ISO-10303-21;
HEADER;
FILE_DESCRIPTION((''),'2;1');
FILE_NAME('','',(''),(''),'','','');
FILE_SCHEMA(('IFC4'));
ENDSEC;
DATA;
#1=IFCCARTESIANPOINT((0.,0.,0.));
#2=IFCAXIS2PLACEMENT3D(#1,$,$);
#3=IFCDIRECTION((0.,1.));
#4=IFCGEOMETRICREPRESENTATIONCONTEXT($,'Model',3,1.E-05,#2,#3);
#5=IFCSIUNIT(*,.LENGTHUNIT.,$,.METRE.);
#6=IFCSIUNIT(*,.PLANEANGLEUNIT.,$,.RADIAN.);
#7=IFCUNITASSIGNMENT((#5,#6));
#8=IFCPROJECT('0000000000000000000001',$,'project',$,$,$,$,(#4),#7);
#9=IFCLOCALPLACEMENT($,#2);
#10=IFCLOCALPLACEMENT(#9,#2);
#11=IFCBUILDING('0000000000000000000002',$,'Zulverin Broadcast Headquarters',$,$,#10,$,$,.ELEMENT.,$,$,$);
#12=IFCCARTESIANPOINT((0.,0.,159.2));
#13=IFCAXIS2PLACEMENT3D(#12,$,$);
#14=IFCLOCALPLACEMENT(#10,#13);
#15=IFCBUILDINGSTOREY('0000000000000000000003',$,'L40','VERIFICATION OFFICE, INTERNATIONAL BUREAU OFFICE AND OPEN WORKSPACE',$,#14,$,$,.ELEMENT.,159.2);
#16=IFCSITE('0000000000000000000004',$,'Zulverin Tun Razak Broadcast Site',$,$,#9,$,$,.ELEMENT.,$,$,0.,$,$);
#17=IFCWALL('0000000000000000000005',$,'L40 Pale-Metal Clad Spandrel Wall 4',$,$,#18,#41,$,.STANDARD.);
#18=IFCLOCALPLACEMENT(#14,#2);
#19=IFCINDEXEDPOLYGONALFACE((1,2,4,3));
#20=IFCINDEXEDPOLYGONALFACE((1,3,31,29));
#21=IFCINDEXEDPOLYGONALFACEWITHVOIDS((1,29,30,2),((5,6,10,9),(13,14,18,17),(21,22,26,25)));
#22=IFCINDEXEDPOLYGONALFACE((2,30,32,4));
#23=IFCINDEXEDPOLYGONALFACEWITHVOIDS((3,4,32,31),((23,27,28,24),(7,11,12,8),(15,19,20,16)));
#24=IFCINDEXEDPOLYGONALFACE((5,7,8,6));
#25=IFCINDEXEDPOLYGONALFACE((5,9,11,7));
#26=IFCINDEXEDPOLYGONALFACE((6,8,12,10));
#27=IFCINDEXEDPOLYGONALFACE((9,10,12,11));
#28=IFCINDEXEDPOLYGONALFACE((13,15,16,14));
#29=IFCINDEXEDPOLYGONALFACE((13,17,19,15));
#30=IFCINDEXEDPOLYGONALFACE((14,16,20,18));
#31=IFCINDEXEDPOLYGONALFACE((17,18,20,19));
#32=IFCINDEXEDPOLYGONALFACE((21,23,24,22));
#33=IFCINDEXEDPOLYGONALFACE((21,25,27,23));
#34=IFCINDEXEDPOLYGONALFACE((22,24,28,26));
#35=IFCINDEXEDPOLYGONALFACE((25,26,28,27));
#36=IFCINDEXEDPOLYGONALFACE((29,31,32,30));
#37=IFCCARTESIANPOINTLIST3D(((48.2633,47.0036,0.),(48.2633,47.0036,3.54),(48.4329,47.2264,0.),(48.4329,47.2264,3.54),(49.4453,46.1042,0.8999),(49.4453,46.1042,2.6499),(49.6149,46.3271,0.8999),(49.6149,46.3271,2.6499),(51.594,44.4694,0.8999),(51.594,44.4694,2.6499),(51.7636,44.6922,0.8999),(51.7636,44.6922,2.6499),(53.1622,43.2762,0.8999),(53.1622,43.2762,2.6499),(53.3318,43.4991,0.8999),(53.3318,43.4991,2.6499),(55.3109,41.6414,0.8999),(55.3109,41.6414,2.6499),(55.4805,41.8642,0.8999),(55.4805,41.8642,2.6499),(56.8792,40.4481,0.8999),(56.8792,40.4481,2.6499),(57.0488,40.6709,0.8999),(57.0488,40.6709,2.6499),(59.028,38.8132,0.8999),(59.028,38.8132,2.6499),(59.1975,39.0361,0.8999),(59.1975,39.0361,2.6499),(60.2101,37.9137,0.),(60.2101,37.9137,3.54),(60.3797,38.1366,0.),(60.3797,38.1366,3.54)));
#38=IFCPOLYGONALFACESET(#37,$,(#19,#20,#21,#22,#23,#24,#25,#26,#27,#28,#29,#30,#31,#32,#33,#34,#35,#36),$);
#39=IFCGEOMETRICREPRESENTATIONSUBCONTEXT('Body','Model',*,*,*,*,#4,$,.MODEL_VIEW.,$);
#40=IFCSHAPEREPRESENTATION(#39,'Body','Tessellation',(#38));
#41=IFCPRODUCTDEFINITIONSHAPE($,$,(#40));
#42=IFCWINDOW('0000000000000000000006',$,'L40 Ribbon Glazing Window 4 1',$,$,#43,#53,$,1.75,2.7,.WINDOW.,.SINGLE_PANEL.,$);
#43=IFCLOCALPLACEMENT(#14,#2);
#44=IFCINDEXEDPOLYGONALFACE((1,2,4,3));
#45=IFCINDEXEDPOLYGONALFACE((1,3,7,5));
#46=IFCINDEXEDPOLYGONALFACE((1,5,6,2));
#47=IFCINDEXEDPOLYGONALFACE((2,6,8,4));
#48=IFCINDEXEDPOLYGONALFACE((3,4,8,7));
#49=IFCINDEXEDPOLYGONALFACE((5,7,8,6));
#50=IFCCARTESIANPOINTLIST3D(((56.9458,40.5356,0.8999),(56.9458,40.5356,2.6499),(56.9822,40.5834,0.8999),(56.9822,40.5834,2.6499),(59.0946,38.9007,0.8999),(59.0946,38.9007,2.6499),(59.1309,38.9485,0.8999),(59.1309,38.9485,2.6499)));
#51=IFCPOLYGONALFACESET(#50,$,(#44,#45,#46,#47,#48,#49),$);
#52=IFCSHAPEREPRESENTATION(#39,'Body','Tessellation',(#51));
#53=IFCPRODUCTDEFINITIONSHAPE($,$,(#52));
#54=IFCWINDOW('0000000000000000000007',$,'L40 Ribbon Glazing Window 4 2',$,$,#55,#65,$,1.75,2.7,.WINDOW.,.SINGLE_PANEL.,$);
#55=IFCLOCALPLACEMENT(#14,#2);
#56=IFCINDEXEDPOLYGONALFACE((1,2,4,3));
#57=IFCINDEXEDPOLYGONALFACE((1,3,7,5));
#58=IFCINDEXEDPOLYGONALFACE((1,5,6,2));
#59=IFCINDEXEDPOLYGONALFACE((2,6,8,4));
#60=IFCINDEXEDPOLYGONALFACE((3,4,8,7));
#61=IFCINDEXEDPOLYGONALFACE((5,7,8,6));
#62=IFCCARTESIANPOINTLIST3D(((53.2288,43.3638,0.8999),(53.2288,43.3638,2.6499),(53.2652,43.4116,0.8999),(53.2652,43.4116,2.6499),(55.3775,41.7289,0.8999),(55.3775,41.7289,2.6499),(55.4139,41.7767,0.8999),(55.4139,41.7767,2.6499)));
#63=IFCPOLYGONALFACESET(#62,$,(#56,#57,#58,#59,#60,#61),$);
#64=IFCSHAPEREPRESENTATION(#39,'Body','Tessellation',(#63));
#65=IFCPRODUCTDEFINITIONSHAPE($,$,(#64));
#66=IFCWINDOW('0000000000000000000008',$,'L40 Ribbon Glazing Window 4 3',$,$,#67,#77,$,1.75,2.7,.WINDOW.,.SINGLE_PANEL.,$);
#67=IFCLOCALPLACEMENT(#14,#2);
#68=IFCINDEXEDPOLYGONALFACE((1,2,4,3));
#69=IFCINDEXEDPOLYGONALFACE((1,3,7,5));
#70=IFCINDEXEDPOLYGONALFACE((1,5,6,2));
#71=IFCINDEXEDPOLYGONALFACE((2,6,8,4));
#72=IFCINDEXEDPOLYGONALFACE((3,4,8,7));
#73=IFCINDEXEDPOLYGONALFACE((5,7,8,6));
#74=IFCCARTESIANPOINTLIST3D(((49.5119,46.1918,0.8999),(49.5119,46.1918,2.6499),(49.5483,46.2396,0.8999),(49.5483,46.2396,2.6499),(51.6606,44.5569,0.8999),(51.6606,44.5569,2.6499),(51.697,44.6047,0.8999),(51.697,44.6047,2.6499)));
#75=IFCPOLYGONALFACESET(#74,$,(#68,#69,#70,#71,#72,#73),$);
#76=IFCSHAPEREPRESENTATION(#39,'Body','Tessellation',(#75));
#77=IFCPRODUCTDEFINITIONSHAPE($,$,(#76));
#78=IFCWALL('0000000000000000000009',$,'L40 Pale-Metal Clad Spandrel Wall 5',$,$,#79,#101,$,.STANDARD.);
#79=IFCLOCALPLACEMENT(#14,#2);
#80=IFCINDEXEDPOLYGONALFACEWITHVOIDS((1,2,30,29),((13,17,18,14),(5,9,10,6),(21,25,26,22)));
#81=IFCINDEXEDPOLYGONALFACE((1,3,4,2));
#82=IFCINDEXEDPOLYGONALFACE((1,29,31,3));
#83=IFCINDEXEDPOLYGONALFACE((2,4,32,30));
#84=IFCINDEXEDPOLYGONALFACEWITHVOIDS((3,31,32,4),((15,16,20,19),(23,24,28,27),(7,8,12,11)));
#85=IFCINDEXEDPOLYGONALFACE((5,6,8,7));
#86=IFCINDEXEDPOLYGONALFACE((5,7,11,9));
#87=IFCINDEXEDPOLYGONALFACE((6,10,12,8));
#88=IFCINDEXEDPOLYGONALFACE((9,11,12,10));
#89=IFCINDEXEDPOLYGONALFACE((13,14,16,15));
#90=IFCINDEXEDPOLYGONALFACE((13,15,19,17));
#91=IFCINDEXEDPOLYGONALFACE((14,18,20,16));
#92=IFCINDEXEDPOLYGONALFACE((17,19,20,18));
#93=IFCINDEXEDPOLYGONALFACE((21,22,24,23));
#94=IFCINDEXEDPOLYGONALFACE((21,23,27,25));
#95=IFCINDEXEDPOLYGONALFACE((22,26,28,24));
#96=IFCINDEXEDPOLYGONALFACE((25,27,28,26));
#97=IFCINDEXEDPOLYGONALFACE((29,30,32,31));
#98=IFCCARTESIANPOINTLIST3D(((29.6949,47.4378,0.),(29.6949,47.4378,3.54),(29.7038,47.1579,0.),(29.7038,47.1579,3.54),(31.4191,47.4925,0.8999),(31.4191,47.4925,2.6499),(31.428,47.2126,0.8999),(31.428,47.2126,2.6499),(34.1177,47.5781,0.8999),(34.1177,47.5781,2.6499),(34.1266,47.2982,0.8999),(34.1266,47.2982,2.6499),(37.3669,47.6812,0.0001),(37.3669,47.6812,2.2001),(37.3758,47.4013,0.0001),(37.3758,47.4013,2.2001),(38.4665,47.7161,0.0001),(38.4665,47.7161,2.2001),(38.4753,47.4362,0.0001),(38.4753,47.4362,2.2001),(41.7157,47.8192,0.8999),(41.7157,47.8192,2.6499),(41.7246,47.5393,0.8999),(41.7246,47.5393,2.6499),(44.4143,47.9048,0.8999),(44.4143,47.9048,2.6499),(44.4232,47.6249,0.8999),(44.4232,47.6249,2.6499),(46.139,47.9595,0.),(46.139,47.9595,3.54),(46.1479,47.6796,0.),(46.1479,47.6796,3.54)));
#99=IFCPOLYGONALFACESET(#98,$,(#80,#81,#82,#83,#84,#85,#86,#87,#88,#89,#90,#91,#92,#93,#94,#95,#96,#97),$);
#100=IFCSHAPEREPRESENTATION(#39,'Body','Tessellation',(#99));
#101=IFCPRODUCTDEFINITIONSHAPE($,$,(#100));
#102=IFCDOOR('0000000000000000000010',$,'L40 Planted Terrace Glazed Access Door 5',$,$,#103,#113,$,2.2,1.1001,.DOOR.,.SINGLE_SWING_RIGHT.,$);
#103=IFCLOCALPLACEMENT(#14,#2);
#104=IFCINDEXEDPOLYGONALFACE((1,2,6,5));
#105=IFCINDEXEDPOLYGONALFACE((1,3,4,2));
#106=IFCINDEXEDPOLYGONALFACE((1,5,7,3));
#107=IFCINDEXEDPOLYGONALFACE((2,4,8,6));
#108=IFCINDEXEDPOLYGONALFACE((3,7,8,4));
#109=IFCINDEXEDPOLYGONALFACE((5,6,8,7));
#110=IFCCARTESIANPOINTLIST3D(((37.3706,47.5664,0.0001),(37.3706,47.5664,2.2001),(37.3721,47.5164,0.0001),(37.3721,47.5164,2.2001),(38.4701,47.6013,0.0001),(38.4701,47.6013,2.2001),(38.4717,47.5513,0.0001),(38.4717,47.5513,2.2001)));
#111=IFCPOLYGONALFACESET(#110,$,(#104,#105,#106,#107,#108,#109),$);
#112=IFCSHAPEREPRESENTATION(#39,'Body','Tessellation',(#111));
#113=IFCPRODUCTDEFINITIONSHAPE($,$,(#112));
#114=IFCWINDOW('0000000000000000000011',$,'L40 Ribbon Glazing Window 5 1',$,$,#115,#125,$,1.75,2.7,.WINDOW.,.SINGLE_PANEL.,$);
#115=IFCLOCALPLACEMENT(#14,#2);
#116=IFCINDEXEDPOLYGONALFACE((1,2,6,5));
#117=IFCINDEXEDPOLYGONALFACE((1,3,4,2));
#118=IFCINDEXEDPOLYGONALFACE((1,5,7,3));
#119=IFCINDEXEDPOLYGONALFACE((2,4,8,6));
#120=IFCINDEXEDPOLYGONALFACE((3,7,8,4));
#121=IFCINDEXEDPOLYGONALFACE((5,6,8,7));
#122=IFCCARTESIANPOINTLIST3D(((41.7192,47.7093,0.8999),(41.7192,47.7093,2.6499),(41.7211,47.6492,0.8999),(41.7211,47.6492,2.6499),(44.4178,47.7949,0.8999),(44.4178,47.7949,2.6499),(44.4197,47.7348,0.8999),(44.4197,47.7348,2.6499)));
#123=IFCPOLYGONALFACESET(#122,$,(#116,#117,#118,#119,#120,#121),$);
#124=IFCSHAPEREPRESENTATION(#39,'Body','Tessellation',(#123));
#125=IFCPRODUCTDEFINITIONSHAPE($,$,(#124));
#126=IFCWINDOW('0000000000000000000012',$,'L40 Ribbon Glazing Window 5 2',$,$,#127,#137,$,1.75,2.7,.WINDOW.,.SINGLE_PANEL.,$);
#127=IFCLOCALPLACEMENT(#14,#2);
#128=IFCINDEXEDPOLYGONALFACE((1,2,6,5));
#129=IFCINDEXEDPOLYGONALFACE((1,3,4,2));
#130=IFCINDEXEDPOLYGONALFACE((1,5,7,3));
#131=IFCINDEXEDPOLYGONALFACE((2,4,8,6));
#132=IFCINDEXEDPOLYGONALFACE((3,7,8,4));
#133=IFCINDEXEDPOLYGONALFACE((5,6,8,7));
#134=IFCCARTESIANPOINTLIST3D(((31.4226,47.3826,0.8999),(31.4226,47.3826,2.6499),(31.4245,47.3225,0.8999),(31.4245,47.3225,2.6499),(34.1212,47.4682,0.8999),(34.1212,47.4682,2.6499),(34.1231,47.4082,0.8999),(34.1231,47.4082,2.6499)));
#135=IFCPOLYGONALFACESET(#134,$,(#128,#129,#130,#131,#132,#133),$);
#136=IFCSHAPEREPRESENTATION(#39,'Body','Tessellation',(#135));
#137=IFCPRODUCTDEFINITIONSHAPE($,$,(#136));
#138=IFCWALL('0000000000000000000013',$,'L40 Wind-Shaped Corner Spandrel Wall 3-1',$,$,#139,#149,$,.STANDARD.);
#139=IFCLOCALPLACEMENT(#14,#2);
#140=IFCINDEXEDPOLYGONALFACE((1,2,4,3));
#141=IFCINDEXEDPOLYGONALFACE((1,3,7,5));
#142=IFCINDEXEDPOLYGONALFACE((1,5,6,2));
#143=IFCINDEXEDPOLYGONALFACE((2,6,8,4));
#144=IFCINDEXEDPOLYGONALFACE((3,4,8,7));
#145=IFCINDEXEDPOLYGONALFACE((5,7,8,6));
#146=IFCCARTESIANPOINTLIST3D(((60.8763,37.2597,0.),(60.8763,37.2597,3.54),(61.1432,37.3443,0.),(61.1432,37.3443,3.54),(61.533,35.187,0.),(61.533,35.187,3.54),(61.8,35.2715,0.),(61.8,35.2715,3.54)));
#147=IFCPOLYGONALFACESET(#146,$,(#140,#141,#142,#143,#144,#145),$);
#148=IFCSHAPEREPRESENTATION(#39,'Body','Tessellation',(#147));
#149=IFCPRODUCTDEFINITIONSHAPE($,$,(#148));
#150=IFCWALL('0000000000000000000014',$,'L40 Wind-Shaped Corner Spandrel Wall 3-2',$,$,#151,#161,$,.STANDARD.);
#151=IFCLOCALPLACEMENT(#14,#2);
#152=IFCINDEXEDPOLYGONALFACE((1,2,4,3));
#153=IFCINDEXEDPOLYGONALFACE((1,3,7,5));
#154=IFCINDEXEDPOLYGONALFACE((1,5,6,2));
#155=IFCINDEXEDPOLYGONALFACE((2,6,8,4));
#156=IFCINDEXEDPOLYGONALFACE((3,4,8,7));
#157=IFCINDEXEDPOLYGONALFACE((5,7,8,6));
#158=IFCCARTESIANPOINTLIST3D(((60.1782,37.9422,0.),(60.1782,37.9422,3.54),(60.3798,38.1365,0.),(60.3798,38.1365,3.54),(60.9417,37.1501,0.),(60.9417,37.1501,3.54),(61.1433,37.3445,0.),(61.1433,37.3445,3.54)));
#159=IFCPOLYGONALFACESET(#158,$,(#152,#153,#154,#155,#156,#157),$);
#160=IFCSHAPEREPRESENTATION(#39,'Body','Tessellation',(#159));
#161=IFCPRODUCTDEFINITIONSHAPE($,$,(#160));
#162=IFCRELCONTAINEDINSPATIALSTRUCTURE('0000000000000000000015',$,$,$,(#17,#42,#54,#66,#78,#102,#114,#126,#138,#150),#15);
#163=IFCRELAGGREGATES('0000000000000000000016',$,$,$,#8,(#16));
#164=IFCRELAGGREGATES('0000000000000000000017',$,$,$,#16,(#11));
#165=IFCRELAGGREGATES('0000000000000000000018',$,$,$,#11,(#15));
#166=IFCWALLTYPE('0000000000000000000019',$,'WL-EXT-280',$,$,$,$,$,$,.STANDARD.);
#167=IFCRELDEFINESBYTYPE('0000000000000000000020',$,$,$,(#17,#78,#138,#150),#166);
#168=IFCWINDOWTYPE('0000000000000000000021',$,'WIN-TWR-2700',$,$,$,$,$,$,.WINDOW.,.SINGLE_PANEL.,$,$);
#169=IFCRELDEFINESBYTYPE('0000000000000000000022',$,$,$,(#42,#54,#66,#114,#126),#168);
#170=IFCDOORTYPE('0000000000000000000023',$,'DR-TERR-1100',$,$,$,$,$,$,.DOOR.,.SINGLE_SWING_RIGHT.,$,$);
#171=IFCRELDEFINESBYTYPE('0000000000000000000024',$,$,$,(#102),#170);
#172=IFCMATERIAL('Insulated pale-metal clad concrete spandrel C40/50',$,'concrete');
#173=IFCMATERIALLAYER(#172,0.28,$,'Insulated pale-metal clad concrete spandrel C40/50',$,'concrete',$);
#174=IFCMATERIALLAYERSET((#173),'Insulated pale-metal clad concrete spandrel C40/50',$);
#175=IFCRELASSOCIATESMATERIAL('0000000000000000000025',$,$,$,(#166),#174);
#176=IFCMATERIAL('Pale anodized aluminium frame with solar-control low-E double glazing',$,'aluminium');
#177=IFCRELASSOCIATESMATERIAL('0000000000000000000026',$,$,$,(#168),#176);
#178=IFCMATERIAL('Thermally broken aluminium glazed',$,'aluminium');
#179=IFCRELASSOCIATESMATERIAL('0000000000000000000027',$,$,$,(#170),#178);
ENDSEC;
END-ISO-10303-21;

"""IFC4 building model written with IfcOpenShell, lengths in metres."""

from ifc_helpers import new_model, si_unit, direction, frame, frame_2d, origin, place, context, subcontext, project, spatial, rectangle, extrude, material, layer, layer_set, type_object, element, fill, save


model = new_model("IFC4")

# Units and contexts
model_context = context("Model", 3, precision=1e-05, world=origin(), true_north=direction((0.0, 1.0)))
body_context = subcontext(model_context, "Body", "Model", "MODEL_VIEW")
ifc_project = project(units=[si_unit("LENGTHUNIT", "METRE"), si_unit("PLANEANGLEUNIT", "RADIAN")], contexts=[model_context])

# Site, building, storey
site_placement = place(None, origin())
site = spatial("IfcSite", under=ifc_project, at=site_placement, Name="Zulverin Tun Razak Broadcast Site", CompositionType="ELEMENT", RefElevation=0.0)
building_placement = place(site_placement, origin())
building = spatial("IfcBuilding", under=site, at=building_placement, Name="Zulverin Broadcast Headquarters", CompositionType="ELEMENT")
storey_placement = place(building_placement, frame((0.0, 0.0, 159.2)))
storey = spatial("IfcBuildingStorey", under=building, at=storey_placement, Name="L40", Description="VERIFICATION OFFICE, INTERNATIONAL BUREAU OFFICE AND OPEN WORKSPACE", CompositionType="ELEMENT", Elevation=159.2)

# Wall, openings, windows
ifc_material_1 = material(Name="Insulated pale-metal clad concrete spandrel C40/50", Category="concrete")
ifc_layer_1 = layer(ifc_material_1, 0.28, Name="Insulated pale-metal clad concrete spandrel C40/50", Category="concrete")
ifc_layer_set_1 = layer_set([ifc_layer_1], Name="Insulated pale-metal clad concrete spandrel C40/50")
wall_type = type_object("IfcWallType", Name="WL-EXT-280", PredefinedType="STANDARD", material=ifc_layer_set_1)
wall_1_placement = place(storey_placement, frame((60.2949, 38.0251, 0.0), z_axis=(0.0, 0.0, 1.0), x_axis=(-0.795832, 0.605518, 0.0)))
wall_1 = element("IfcWall", 1, at=wall_1_placement, inside=storey, type_object=wall_type, Name="L40 Pale-Metal Clad Spandrel Wall 4", PredefinedType="STANDARD", context=body_context, shape_type="SweptSolid", body=[
    extrude(rectangle(XDim=15.0117, YDim=0.28, at=frame_2d((7.5059, 0.0))), origin(), (0.0, 0.0, 1.0), 3.54),
])
opening_1_placement = place(wall_1_placement, frame((1.4854, 0.0, 0.8999)))
opening_1 = element("IfcOpeningElement", 2, at=opening_1_placement, cuts=wall_1, PredefinedType="OPENING", context=body_context, shape_type="SweptSolid", body=[
    extrude(rectangle(XDim=2.7, YDim=1.75, at=frame_2d((1.3501, 0.875))), frame((0.0, 0.1499, 0.0), z_axis=(0.0, -1.0, 0.0), x_axis=(1.0, 0.0, 0.0)), (0.0, 0.0, 1.0), 0.3),
])
opening_2_placement = place(wall_1_placement, frame((6.156, 0.0, 0.8999)))
opening_2 = element("IfcOpeningElement", 3, at=opening_2_placement, cuts=wall_1, PredefinedType="OPENING", context=body_context, shape_type="SweptSolid", body=[
    extrude(rectangle(XDim=2.7, YDim=1.75, at=frame_2d((1.3501, 0.875))), frame((0.0, 0.1499, 0.0), z_axis=(0.0, -1.0, 0.0), x_axis=(1.0, 0.0, 0.0)), (0.0, 0.0, 1.0), 0.3),
])
opening_3_placement = place(wall_1_placement, frame((10.8264, 0.0, 0.8999)))
opening_3 = element("IfcOpeningElement", 4, at=opening_3_placement, cuts=wall_1, PredefinedType="OPENING", context=body_context, shape_type="SweptSolid", body=[
    extrude(rectangle(XDim=2.7, YDim=1.75, at=frame_2d((1.3501, 0.875))), frame((0.0, 0.1499, 0.0), z_axis=(0.0, -1.0, 0.0), x_axis=(1.0, 0.0, 0.0)), (0.0, 0.0, 1.0), 0.3),
])
ifc_material_2 = material(Name="Pale anodized aluminium frame with solar-control low-E double glazing", Category="aluminium")
window_type = type_object("IfcWindowType", Name="WIN-TWR-2700", PartitioningType="SINGLE_PANEL", PredefinedType="WINDOW", material=ifc_material_2)
window_1_placement = place(opening_1_placement, origin())
window_1 = element("IfcWindow", 5, at=window_1_placement, inside=storey, type_object=window_type, Name="L40 Ribbon Glazing Window 4 1", OverallHeight=1.75, OverallWidth=2.7, PartitioningType="SINGLE_PANEL", PredefinedType="WINDOW", context=body_context, shape_type="SweptSolid", body=[
    extrude(rectangle(XDim=2.7, YDim=1.75, at=frame_2d((1.3501, 0.875))), frame((0.0, 0.03, 0.0), z_axis=(0.0, -1.0, 0.0), x_axis=(1.0, 0.0, 0.0)), (0.0, 0.0, 1.0), 0.0601),
])
fill(opening_1, window_1)
window_2_placement = place(opening_2_placement, origin())
window_2 = element("IfcWindow", 6, at=window_2_placement, inside=storey, type_object=window_type, Name="L40 Ribbon Glazing Window 4 2", OverallHeight=1.75, OverallWidth=2.7, PartitioningType="SINGLE_PANEL", PredefinedType="WINDOW", context=body_context, shape_type="SweptSolid", body=[
    extrude(rectangle(XDim=2.7, YDim=1.75, at=frame_2d((1.3501, 0.875))), frame((0.0, 0.03, 0.0), z_axis=(0.0, -1.0, 0.0), x_axis=(1.0, 0.0, 0.0)), (0.0, 0.0, 1.0), 0.0601),
])
fill(opening_2, window_2)
window_3_placement = place(opening_3_placement, origin())
window_3 = element("IfcWindow", 7, at=window_3_placement, inside=storey, type_object=window_type, Name="L40 Ribbon Glazing Window 4 3", OverallHeight=1.75, OverallWidth=2.7, PartitioningType="SINGLE_PANEL", PredefinedType="WINDOW", context=body_context, shape_type="SweptSolid", body=[
    extrude(rectangle(XDim=2.7, YDim=1.75, at=frame_2d((1.3501, 0.875))), frame((0.0, 0.03, 0.0), z_axis=(0.0, -1.0, 0.0), x_axis=(1.0, 0.0, 0.0)), (0.0, 0.0, 1.0), 0.0601),
])
fill(opening_3, window_3)

# Wall, openings, door, windows
wall_2_placement = place(storey_placement, frame((46.1433, 47.8196, 0.0), z_axis=(0.0, 0.0, 1.0), x_axis=(-0.999497, -0.031711, 0.0)))
wall_2 = element("IfcWall", 8, at=wall_2_placement, inside=storey, type_object=wall_type, Name="L40 Pale-Metal Clad Spandrel Wall 5", PredefinedType="STANDARD", context=body_context, shape_type="SweptSolid", body=[
    extrude(rectangle(XDim=16.4524, YDim=0.28, at=frame_2d((8.2261, 0.0))), origin(), (0.0, 0.0, 1.0), 3.54),
])
opening_4_placement = place(wall_2_placement, frame((7.6763, 0.0, 0.0)))
opening_4 = element("IfcOpeningElement", 9, at=opening_4_placement, cuts=wall_2, PredefinedType="OPENING", context=body_context, shape_type="SweptSolid", body=[
    extrude(rectangle(XDim=1.1001, YDim=2.2, at=frame_2d((0.55, 1.1001))), frame((0.0, 0.1499, 0.0), z_axis=(0.0, -1.0, 0.0), x_axis=(1.0, 0.0, 0.0)), (0.0, 0.0, 1.0), 0.3),
])
opening_5_placement = place(wall_2_placement, frame((1.7253, 0.0, 0.8999)))
opening_5 = element("IfcOpeningElement", 10, at=opening_5_placement, cuts=wall_2, PredefinedType="OPENING", context=body_context, shape_type="SweptSolid", body=[
    extrude(rectangle(XDim=2.7, YDim=1.75, at=frame_2d((1.3501, 0.875))), frame((0.0, 0.1499, 0.0), z_axis=(0.0, -1.0, 0.0), x_axis=(1.0, 0.0, 0.0)), (0.0, 0.0, 1.0), 0.3),
])
opening_6_placement = place(wall_2_placement, frame((12.0271, 0.0, 0.8999)))
opening_6 = element("IfcOpeningElement", 11, at=opening_6_placement, cuts=wall_2, PredefinedType="OPENING", context=body_context, shape_type="SweptSolid", body=[
    extrude(rectangle(XDim=2.7, YDim=1.75, at=frame_2d((1.3501, 0.875))), frame((0.0, 0.1499, 0.0), z_axis=(0.0, -1.0, 0.0), x_axis=(1.0, 0.0, 0.0)), (0.0, 0.0, 1.0), 0.3),
])
ifc_material_3 = material(Name="Thermally broken aluminium glazed", Category="aluminium")
door_type = type_object("IfcDoorType", Name="DR-TERR-1100", OperationType="SINGLE_SWING_RIGHT", PredefinedType="DOOR", material=ifc_material_3)
door_placement = place(opening_4_placement, origin())
door = element("IfcDoor", 12, at=door_placement, inside=storey, type_object=door_type, Name="L40 Planted Terrace Glazed Access Door 5", OperationType="SINGLE_SWING_RIGHT", OverallHeight=2.2, OverallWidth=1.1001, PredefinedType="DOOR", context=body_context, shape_type="SweptSolid", body=[
    extrude(rectangle(XDim=1.1001, YDim=2.2, at=frame_2d((0.55, 1.1001))), frame((0.0, 0.0249, 0.0), z_axis=(0.0, -1.0, 0.0), x_axis=(1.0, 0.0, 0.0)), (0.0, 0.0, 1.0), 0.05),
])
fill(opening_4, door)
window_4_placement = place(opening_5_placement, origin())
window_4 = element("IfcWindow", 13, at=window_4_placement, inside=storey, type_object=window_type, Name="L40 Ribbon Glazing Window 5 1", OverallHeight=1.75, OverallWidth=2.7, PartitioningType="SINGLE_PANEL", PredefinedType="WINDOW", context=body_context, shape_type="SweptSolid", body=[
    extrude(rectangle(XDim=2.7, YDim=1.75, at=frame_2d((1.3501, 0.875))), frame((0.0, 0.03, 0.0), z_axis=(0.0, -1.0, 0.0), x_axis=(1.0, 0.0, 0.0)), (0.0, 0.0, 1.0), 0.0601),
])
fill(opening_5, window_4)
window_5_placement = place(opening_6_placement, origin())
window_5 = element("IfcWindow", 14, at=window_5_placement, inside=storey, type_object=window_type, Name="L40 Ribbon Glazing Window 5 2", OverallHeight=1.75, OverallWidth=2.7, PartitioningType="SINGLE_PANEL", PredefinedType="WINDOW", context=body_context, shape_type="SweptSolid", body=[
    extrude(rectangle(XDim=2.7, YDim=1.75, at=frame_2d((1.3501, 0.875))), frame((0.0, 0.03, 0.0), z_axis=(0.0, -1.0, 0.0), x_axis=(1.0, 0.0, 0.0)), (0.0, 0.0, 1.0), 0.0601),
])
fill(opening_6, window_5)

# Walls
wall_3_placement = place(storey_placement, frame((61.6665, 35.2292, 0.0), z_axis=(0.0, 0.0, 1.0), x_axis=(-0.302045, 0.953294, 0.0)))
element("IfcWall", 15, at=wall_3_placement, inside=storey, type_object=wall_type, Name="L40 Wind-Shaped Corner Spandrel Wall 3-1", PredefinedType="STANDARD", context=body_context, shape_type="SweptSolid", body=[
    extrude(rectangle(XDim=2.1743, YDim=0.28, at=frame_2d((1.0872, 0.0))), origin(), (0.0, 0.0, 1.0), 3.54),
])
wall_4_placement = place(storey_placement, frame((61.0425, 37.2473, 0.0), z_axis=(0.0, 0.0, 1.0), x_axis=(-0.694004, 0.719971, 0.0)))
element("IfcWall", 16, at=wall_4_placement, inside=storey, type_object=wall_type, Name="L40 Wind-Shaped Corner Spandrel Wall 3-2", PredefinedType="STANDARD", context=body_context, shape_type="SweptSolid", body=[
    extrude(rectangle(XDim=1.1001, YDim=0.28, at=frame_2d((0.55, 0.0))), origin(), (0.0, 0.0, 1.0), 3.54),
])

save(model, "model.ifc")
